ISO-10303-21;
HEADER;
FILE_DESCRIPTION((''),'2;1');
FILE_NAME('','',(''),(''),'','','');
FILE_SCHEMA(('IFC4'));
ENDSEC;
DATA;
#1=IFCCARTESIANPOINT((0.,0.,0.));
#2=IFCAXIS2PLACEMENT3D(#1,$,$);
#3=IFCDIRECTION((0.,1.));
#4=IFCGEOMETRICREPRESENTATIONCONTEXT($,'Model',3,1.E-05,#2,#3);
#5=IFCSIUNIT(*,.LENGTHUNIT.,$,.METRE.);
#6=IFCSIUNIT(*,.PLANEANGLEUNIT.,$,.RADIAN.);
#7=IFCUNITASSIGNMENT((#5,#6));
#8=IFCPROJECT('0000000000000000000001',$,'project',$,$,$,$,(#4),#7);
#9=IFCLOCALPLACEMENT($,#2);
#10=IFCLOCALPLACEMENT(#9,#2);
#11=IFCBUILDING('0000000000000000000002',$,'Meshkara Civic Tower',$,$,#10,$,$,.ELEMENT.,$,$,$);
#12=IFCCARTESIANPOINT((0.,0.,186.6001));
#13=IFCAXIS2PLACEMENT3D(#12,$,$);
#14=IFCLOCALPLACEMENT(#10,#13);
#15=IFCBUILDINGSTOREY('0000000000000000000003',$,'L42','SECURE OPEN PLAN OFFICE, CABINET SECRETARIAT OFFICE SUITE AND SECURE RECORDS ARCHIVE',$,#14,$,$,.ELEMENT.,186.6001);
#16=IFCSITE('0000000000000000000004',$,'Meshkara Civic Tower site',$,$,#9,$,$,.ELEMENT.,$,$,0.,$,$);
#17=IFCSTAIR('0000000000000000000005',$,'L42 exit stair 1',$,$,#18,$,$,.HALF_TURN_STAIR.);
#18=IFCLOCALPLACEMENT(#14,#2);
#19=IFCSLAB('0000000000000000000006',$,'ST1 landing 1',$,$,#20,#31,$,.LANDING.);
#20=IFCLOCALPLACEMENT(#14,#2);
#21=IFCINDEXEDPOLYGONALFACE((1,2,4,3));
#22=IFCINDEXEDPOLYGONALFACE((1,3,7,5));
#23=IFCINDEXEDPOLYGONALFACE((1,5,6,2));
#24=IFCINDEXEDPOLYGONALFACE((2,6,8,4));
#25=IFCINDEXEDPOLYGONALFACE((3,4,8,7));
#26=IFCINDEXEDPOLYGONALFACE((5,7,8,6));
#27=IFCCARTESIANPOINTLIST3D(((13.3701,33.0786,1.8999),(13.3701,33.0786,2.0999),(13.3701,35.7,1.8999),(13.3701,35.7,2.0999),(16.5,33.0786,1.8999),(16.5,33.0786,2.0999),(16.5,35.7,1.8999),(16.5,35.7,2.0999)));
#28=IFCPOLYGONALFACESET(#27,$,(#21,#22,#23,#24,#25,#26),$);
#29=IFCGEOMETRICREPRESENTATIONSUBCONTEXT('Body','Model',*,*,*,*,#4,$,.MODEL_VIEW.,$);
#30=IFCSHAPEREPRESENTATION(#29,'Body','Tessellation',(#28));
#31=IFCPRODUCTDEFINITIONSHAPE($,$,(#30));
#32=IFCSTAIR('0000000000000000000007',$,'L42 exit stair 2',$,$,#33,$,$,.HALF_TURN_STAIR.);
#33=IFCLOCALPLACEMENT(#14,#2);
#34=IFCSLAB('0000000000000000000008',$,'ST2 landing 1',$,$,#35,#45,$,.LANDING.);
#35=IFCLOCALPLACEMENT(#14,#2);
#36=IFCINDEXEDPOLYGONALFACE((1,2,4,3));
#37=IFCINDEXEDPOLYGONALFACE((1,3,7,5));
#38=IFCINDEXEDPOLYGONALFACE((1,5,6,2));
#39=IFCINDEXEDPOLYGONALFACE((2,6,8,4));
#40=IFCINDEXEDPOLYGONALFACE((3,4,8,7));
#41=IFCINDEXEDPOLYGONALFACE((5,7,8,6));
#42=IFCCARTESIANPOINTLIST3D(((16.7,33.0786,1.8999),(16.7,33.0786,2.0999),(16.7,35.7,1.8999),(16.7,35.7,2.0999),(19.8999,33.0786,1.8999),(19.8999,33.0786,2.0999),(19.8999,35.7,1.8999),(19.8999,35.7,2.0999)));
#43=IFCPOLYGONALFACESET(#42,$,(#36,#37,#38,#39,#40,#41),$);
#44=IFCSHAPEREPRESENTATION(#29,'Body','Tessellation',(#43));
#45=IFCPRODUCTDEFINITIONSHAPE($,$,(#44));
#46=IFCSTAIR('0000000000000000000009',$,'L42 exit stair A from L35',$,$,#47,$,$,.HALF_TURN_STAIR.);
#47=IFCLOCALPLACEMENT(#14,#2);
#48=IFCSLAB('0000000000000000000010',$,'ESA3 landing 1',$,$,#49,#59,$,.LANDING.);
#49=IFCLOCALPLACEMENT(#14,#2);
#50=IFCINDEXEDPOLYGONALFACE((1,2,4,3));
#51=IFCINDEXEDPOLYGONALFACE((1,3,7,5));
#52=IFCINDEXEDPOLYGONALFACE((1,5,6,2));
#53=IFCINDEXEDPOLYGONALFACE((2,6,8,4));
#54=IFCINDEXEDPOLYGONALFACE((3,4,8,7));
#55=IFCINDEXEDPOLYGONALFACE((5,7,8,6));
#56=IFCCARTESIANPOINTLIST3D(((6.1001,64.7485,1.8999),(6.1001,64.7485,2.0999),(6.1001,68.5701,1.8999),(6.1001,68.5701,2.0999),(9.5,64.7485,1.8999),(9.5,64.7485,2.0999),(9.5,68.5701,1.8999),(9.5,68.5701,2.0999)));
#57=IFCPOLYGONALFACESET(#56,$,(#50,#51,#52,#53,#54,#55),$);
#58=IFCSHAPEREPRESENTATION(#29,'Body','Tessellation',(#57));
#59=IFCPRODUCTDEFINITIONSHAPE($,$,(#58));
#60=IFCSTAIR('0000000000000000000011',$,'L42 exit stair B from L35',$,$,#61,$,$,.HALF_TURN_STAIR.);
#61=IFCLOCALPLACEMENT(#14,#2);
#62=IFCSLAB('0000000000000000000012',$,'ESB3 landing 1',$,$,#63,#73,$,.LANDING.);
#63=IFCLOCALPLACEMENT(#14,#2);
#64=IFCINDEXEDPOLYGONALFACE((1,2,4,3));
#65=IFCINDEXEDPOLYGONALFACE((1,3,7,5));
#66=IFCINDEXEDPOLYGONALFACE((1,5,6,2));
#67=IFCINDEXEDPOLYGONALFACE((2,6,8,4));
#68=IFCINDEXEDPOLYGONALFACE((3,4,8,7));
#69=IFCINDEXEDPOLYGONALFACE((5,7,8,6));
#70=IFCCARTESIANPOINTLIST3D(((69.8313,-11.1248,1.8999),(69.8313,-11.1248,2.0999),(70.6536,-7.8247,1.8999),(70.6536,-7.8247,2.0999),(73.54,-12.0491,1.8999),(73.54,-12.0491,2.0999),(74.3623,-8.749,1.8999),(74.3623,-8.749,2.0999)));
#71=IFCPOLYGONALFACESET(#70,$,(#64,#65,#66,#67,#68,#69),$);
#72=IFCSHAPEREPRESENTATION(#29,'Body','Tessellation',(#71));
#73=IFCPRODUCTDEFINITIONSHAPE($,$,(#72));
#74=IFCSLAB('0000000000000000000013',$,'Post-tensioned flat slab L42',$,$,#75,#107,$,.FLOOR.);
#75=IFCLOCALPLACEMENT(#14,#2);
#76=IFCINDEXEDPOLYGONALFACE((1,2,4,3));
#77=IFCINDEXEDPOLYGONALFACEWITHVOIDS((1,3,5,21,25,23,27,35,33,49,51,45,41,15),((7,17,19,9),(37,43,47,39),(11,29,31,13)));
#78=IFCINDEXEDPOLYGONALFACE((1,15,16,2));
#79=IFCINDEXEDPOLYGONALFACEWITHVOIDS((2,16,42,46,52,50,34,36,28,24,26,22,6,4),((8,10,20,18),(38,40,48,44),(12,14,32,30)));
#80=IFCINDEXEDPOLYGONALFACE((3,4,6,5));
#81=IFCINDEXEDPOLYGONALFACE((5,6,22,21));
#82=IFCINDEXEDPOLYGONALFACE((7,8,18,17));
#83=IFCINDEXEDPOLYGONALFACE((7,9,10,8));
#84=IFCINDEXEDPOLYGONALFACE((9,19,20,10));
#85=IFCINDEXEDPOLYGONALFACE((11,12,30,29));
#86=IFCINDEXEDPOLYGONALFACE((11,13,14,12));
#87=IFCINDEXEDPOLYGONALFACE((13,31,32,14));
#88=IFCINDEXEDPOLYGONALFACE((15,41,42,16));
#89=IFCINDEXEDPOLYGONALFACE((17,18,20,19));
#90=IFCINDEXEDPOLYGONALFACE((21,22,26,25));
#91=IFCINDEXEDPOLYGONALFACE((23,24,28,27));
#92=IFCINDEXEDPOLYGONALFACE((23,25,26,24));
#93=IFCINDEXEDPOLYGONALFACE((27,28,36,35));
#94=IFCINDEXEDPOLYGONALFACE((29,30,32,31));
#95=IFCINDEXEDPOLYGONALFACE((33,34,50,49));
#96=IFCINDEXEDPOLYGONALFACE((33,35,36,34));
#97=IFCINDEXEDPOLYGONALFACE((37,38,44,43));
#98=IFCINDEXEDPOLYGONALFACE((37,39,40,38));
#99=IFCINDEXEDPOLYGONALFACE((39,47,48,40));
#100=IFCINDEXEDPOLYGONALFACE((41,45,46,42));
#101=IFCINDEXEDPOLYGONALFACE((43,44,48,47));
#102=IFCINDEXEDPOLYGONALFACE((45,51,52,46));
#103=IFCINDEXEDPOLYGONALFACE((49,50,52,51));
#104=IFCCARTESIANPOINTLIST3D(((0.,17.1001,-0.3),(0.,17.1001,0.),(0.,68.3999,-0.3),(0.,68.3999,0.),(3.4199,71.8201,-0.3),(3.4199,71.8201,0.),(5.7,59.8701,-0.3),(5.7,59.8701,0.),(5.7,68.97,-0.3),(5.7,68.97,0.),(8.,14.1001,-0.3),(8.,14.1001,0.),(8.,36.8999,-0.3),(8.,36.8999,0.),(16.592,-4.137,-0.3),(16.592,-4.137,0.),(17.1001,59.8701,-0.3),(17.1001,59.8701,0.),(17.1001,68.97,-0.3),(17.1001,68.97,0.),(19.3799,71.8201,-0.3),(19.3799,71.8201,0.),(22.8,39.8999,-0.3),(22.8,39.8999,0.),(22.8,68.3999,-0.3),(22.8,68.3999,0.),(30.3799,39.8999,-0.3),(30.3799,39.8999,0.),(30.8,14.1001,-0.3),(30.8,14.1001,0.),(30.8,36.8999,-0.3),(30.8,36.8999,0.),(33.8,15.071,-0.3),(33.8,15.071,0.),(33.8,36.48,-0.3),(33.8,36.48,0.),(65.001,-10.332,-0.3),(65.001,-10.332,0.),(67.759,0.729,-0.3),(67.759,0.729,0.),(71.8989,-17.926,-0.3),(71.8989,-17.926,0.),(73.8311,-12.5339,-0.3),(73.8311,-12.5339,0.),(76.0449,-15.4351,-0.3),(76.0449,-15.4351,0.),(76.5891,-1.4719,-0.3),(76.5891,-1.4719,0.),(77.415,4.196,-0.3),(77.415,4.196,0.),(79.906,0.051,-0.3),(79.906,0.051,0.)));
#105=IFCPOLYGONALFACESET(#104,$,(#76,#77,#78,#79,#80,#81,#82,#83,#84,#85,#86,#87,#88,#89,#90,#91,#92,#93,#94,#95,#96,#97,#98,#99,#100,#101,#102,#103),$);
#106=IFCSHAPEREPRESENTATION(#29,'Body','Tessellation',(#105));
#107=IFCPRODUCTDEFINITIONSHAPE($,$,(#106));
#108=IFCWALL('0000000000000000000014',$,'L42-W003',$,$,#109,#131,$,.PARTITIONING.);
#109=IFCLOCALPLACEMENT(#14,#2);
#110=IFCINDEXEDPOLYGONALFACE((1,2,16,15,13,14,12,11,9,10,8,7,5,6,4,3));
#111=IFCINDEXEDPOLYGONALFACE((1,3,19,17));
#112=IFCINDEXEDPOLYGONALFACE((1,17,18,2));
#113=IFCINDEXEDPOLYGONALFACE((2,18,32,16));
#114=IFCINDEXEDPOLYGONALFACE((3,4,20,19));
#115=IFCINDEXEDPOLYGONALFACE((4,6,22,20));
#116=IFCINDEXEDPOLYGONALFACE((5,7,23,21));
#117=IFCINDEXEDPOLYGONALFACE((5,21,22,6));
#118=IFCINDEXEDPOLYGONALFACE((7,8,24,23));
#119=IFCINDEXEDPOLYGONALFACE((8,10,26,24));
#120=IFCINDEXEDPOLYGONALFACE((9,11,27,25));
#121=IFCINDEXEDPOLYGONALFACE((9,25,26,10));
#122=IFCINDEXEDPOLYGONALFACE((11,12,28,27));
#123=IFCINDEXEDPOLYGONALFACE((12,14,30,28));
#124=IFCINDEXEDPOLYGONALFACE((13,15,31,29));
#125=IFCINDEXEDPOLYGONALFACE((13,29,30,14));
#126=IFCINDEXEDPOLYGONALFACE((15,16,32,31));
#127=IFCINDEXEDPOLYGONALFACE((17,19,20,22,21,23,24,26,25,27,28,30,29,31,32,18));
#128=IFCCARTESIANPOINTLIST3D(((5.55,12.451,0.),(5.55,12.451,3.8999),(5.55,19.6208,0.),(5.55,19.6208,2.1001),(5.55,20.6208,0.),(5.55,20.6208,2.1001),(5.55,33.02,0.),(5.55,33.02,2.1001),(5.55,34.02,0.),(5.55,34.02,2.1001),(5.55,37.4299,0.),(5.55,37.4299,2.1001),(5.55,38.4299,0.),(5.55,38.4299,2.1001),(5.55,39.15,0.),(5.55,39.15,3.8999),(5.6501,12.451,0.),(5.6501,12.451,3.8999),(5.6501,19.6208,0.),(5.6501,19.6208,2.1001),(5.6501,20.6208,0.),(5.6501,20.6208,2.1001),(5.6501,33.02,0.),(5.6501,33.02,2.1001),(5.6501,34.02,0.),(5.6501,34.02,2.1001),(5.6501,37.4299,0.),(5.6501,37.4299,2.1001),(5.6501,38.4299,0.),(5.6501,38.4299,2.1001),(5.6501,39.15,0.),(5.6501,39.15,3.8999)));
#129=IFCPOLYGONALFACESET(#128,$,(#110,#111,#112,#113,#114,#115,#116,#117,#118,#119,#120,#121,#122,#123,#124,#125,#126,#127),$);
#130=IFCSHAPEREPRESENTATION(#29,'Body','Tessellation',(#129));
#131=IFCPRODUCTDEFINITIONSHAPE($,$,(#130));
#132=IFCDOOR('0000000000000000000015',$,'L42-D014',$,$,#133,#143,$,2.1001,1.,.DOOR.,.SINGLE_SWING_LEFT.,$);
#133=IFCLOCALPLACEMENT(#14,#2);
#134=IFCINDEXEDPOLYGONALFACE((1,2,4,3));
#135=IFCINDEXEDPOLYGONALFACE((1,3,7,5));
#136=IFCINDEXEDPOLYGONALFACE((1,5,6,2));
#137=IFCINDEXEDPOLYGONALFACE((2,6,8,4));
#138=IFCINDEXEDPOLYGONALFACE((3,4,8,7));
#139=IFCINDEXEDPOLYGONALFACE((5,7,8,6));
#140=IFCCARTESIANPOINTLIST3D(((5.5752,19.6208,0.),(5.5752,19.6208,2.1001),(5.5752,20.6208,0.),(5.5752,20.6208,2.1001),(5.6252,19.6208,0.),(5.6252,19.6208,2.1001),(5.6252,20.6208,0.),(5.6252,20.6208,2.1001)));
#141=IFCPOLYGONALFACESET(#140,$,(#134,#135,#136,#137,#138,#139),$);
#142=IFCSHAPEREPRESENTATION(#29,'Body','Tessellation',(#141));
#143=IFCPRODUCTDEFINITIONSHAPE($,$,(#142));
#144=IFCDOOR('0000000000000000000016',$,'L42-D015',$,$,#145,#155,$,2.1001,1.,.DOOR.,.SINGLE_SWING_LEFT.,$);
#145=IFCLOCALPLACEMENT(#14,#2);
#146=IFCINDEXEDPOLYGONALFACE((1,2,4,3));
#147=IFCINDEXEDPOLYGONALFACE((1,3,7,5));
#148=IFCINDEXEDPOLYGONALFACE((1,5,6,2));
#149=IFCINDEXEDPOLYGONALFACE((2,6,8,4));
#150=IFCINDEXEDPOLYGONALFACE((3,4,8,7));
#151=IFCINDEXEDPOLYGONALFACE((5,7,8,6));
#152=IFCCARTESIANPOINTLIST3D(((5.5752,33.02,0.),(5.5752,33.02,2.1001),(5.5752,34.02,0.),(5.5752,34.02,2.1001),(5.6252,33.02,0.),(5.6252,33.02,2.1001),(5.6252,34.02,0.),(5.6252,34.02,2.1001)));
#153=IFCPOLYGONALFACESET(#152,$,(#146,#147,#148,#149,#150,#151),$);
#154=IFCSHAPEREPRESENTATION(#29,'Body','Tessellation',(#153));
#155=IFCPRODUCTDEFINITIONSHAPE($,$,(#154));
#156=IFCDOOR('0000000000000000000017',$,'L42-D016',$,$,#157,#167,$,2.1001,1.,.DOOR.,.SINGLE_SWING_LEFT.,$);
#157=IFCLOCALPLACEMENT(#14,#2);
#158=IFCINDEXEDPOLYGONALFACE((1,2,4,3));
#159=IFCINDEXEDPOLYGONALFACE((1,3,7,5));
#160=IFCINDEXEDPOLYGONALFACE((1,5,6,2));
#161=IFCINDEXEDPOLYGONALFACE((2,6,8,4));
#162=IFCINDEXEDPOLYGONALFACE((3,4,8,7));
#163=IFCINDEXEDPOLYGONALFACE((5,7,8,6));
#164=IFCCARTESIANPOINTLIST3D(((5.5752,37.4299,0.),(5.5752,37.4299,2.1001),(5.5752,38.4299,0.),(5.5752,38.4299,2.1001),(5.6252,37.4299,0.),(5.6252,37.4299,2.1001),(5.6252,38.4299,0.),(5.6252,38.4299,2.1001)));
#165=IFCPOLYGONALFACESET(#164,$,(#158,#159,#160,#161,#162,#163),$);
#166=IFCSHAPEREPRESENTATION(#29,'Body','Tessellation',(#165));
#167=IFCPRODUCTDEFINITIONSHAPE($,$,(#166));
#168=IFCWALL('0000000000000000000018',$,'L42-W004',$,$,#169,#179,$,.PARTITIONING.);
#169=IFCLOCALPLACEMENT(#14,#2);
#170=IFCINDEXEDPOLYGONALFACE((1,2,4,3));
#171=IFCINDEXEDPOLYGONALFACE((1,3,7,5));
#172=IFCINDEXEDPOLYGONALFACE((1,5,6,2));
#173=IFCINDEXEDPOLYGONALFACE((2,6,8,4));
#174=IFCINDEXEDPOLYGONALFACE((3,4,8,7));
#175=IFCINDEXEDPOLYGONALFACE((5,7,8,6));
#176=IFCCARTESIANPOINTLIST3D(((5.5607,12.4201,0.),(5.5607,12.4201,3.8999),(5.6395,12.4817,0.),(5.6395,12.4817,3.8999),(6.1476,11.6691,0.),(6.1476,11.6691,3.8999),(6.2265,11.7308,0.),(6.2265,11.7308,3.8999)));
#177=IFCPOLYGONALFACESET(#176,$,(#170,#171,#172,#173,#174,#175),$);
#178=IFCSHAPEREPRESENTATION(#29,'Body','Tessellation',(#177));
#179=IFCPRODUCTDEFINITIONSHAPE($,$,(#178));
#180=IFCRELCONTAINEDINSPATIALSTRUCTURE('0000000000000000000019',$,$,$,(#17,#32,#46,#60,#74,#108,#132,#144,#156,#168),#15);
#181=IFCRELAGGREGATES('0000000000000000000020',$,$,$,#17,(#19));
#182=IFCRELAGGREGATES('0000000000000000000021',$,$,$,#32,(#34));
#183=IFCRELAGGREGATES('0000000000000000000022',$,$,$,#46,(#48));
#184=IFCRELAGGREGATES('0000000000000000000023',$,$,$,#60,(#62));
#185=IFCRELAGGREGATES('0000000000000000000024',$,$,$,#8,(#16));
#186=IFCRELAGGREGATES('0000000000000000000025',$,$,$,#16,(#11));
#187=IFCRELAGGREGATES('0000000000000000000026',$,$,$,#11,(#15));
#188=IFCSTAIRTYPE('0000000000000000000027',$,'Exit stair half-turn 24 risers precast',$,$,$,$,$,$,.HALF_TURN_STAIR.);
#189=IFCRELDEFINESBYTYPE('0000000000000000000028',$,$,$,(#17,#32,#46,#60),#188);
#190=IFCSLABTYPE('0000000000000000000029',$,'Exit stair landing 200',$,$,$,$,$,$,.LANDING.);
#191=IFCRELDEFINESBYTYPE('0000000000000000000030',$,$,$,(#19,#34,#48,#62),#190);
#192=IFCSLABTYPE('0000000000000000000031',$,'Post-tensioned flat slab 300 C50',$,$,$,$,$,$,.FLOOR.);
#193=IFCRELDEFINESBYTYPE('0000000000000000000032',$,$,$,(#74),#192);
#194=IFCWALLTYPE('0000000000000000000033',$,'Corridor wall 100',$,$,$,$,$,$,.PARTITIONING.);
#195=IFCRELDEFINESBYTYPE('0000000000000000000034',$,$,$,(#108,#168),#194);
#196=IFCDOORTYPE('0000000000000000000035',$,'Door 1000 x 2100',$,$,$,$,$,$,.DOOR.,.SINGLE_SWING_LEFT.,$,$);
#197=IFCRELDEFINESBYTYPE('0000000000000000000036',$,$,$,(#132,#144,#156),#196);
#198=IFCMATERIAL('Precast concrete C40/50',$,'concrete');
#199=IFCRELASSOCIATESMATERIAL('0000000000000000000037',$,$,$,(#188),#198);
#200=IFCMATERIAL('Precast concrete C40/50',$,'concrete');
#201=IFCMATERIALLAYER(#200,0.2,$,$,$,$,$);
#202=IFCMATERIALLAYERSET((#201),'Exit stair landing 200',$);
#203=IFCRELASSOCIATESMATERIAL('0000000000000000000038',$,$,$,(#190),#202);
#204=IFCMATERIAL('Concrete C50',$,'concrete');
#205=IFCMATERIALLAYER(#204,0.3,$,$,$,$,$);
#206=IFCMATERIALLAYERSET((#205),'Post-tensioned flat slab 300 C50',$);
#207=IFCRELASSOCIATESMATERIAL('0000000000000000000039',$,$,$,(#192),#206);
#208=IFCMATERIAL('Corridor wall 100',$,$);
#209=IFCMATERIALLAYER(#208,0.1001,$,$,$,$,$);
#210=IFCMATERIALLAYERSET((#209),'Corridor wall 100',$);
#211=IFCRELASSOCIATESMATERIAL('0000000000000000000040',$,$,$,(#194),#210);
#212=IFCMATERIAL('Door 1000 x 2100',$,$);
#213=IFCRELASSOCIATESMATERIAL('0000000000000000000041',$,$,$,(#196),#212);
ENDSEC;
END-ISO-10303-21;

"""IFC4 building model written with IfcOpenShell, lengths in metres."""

from ifc_helpers import new_model, si_unit, direction, frame, frame_2d, origin, place, context, subcontext, project, spatial, polyline, rectangle, outline, extrude, material, layer, layer_set, type_object, element, fill, aggregate, save


model = new_model("IFC4")

# Units and contexts
model_context = context("Model", 3, precision=1e-05, world=origin(), true_north=direction((0.0, 1.0)))
body_context = subcontext(model_context, "Body", "Model", "MODEL_VIEW")
ifc_project = project(units=[si_unit("LENGTHUNIT", "METRE"), si_unit("PLANEANGLEUNIT", "RADIAN")], contexts=[model_context])

# Site, building, storey
site_placement = place(None, origin())
site = spatial("IfcSite", under=ifc_project, at=site_placement, Name="Meshkara Civic Tower site", CompositionType="ELEMENT", RefElevation=0.0)
building_placement = place(site_placement, origin())
building = spatial("IfcBuilding", under=site, at=building_placement, Name="Meshkara Civic Tower", CompositionType="ELEMENT")
storey_placement = place(building_placement, frame((0.0, 0.0, 186.6001)))
storey = spatial("IfcBuildingStorey", under=building, at=storey_placement, Name="L42", Description="SECURE OPEN PLAN OFFICE, CABINET SECRETARIAT OFFICE SUITE AND SECURE RECORDS ARCHIVE", CompositionType="ELEMENT", Elevation=186.6001)

# Stairs, slabs
ifc_material_1 = material(Name="Precast concrete C40/50", Category="concrete")
stair_type = type_object("IfcStairType", Name="Exit stair half-turn 24 risers precast", PredefinedType="HALF_TURN_STAIR", material=ifc_material_1)
stair_1_placement = place(storey_placement, origin())
stair_1 = element("IfcStair", 1, at=stair_1_placement, inside=storey, type_object=stair_type, Name="L42 exit stair 1", PredefinedType="HALF_TURN_STAIR")
ifc_material_2 = material(Name="Precast concrete C40/50", Category="concrete")
ifc_layer_1 = layer(ifc_material_2, 0.2)
ifc_layer_set_1 = layer_set([ifc_layer_1], Name="Exit stair landing 200")
slab_type_1 = type_object("IfcSlabType", Name="Exit stair landing 200", PredefinedType="LANDING", material=ifc_layer_set_1)
slab_1_placement = place(storey_placement, frame((0.0, 0.0, 1.8999)))
slab_1 = element("IfcSlab", 2, at=slab_1_placement, type_object=slab_type_1, Name="ST1 landing 1", PredefinedType="LANDING", context=body_context, shape_type="SweptSolid", body=[
    extrude(outline(polyline([(16.5, 33.0786), (16.5, 35.7), (13.3701, 35.7), (13.3701, 33.0786), (16.5, 33.0786)])), origin(), (0.0, 0.0, 1.0), 0.2),
])
aggregate(stair_1, [slab_1])
stair_2_placement = place(storey_placement, origin())
stair_2 = element("IfcStair", 3, at=stair_2_placement, inside=storey, type_object=stair_type, Name="L42 exit stair 2", PredefinedType="HALF_TURN_STAIR")
slab_2_placement = place(storey_placement, frame((0.0, 0.0, 1.8999)))
slab_2 = element("IfcSlab", 4, at=slab_2_placement, type_object=slab_type_1, Name="ST2 landing 1", PredefinedType="LANDING", context=body_context, shape_type="SweptSolid", body=[
    extrude(outline(polyline([(19.8999, 33.0786), (19.8999, 35.7), (16.7, 35.7), (16.7, 33.0786), (19.8999, 33.0786)])), origin(), (0.0, 0.0, 1.0), 0.2),
])
aggregate(stair_2, [slab_2])
stair_3_placement = place(storey_placement, origin())
stair_3 = element("IfcStair", 5, at=stair_3_placement, inside=storey, type_object=stair_type, Name="L42 exit stair A from L35", PredefinedType="HALF_TURN_STAIR")
slab_3_placement = place(storey_placement, frame((0.0, 0.0, 1.8999)))
slab_3 = element("IfcSlab", 6, at=slab_3_placement, type_object=slab_type_1, Name="ESA3 landing 1", PredefinedType="LANDING", context=body_context, shape_type="SweptSolid", body=[
    extrude(outline(polyline([(9.5, 64.7485), (9.5, 68.5701), (6.1001, 68.5701), (6.1001, 64.7485), (9.5, 64.7485)])), origin(), (0.0, 0.0, 1.0), 0.2),
])
aggregate(stair_3, [slab_3])
stair_4_placement = place(storey_placement, origin())
stair_4 = element("IfcStair", 7, at=stair_4_placement, inside=storey, type_object=stair_type, Name="L42 exit stair B from L35", PredefinedType="HALF_TURN_STAIR")
slab_4_placement = place(storey_placement, frame((0.0, 0.0, 1.8999)))
slab_4 = element("IfcSlab", 8, at=slab_4_placement, type_object=slab_type_1, Name="ESB3 landing 1", PredefinedType="LANDING", context=body_context, shape_type="SweptSolid", body=[
    extrude(outline(polyline([(69.8313, -11.1248), (73.54, -12.0491), (74.3623, -8.749), (70.6536, -7.8247), (69.8313, -11.1248)])), origin(), (0.0, 0.0, 1.0), 0.2),
])
aggregate(stair_4, [slab_4])

# Slab
ifc_material_3 = material(Name="Concrete C50", Category="concrete")
ifc_layer_2 = layer(ifc_material_3, 0.3)
ifc_layer_set_2 = layer_set([ifc_layer_2], Name="Post-tensioned flat slab 300 C50")
slab_type_2 = type_object("IfcSlabType", Name="Post-tensioned flat slab 300 C50", PredefinedType="FLOOR", material=ifc_layer_set_2)
slab_5_placement = place(storey_placement, frame((0.0, 0.0, -0.3)))
element("IfcSlab", 9, at=slab_5_placement, inside=storey, type_object=slab_type_2, Name="Post-tensioned flat slab L42", PredefinedType="FLOOR", context=body_context, shape_type="SweptSolid", body=[
    extrude(outline(polyline([(76.0449, -15.4351), (71.8989, -17.926), (16.592, -4.137), (0.0, 17.1001), (0.0, 68.3999), (3.4199, 71.8201), (19.3799, 71.8201), (22.8, 68.3999), (22.8, 39.8999), (30.3799, 39.8999), (33.8, 36.48), (33.8, 15.071), (77.415, 4.196), (79.906, 0.051), (76.0449, -15.4351)]), holes=[polyline([(73.8311, -12.5339), (76.5891, -1.4719), (67.759, 0.729), (65.001, -10.332), (73.8311, -12.5339)]), polyline([(8.0, 14.1001), (30.8, 14.1001), (30.8, 36.8999), (8.0, 36.8999), (8.0, 14.1001)]), polyline([(5.7, 68.97), (5.7, 59.8701), (17.1001, 59.8701), (17.1001, 68.97), (5.7, 68.97)])]), origin(), (0.0, 0.0, 1.0), 0.3),
])

# Wall, openings, doors
ifc_material_4 = material(Name="Corridor wall 100")
ifc_layer_3 = layer(ifc_material_4, 0.1001)
ifc_layer_set_3 = layer_set([ifc_layer_3], Name="Corridor wall 100")
wall_type_1 = type_object("IfcWallType", Name="Corridor wall 100", PredefinedType="PARTITIONING", material=ifc_layer_set_3)
wall_1_placement = place(storey_placement, frame((5.6001, 12.4509, 0.0), z_axis=(0.0, 0.0, 1.0), x_axis=(0.0, 1.0, 0.0)))
wall_1 = element("IfcWall", 10, at=wall_1_placement, inside=storey, type_object=wall_type_1, Name="L42-W003", PredefinedType="PARTITIONING", context=body_context, shape_type="SweptSolid", body=[
    extrude(rectangle(XDim=26.699, YDim=0.1001, at=frame_2d((13.3496, 0.0))), origin(), (0.0, 0.0, 1.0), 3.8999),
])
opening_1_placement = place(wall_1_placement, frame((7.1699, 0.0, 0.0)))
opening_1 = element("IfcOpeningElement", 11, at=opening_1_placement, cuts=wall_1, PredefinedType="OPENING", context=body_context, shape_type="SweptSolid", body=[
    extrude(rectangle(XDim=1.0, YDim=2.1001, at=frame_2d((0.5, 1.05))), frame((0.0, 0.0601, 0.0), z_axis=(0.0, -1.0, 0.0), x_axis=(1.0, 0.0, 0.0)), (0.0, 0.0, 1.0), 0.1201),
])
opening_2_placement = place(wall_1_placement, frame((20.5691, 0.0, 0.0)))
opening_2 = element("IfcOpeningElement", 12, at=opening_2_placement, cuts=wall_1, PredefinedType="OPENING", context=body_context, shape_type="SweptSolid", body=[
    extrude(rectangle(XDim=1.0, YDim=2.1001, at=frame_2d((0.5, 1.05))), frame((0.0, 0.0601, 0.0), z_axis=(0.0, -1.0, 0.0), x_axis=(1.0, 0.0, 0.0)), (0.0, 0.0, 1.0), 0.1201),
])
opening_3_placement = place(wall_1_placement, frame((24.979, 0.0, 0.0)))
opening_3 = element("IfcOpeningElement", 13, at=opening_3_placement, cuts=wall_1, PredefinedType="OPENING", context=body_context, shape_type="SweptSolid", body=[
    extrude(rectangle(XDim=1.0, YDim=2.1001, at=frame_2d((0.5, 1.05))), frame((0.0, 0.0601, 0.0), z_axis=(0.0, -1.0, 0.0), x_axis=(1.0, 0.0, 0.0)), (0.0, 0.0, 1.0), 0.1201),
])
ifc_material_5 = material(Name="Door 1000 x 2100")
door_type = type_object("IfcDoorType", Name="Door 1000 x 2100", OperationType="SINGLE_SWING_LEFT", PredefinedType="DOOR", material=ifc_material_5)
door_1_placement = place(opening_1_placement, origin())
door_1 = element("IfcDoor", 14, at=door_1_placement, inside=storey, type_object=door_type, Name="L42-D014", OperationType="SINGLE_SWING_LEFT", OverallHeight=2.1001, OverallWidth=1.0, PredefinedType="DOOR", context=body_context, shape_type="SweptSolid", body=[
    extrude(rectangle(XDim=1.0, YDim=2.1001, at=frame_2d((0.5, 1.05))), frame((0.0, 0.0249, 0.0), z_axis=(0.0, -1.0, 0.0), x_axis=(1.0, 0.0, 0.0)), (0.0, 0.0, 1.0), 0.05),
])
fill(opening_1, door_1)
door_2_placement = place(opening_2_placement, origin())
door_2 = element("IfcDoor", 15, at=door_2_placement, inside=storey, type_object=door_type, Name="L42-D015", OperationType="SINGLE_SWING_LEFT", OverallHeight=2.1001, OverallWidth=1.0, PredefinedType="DOOR", context=body_context, shape_type="SweptSolid", body=[
    extrude(rectangle(XDim=1.0, YDim=2.1001, at=frame_2d((0.5, 1.05))), frame((0.0, 0.0249, 0.0), z_axis=(0.0, -1.0, 0.0), x_axis=(1.0, 0.0, 0.0)), (0.0, 0.0, 1.0), 0.05),
])
fill(opening_2, door_2)
door_3_placement = place(opening_3_placement, origin())
door_3 = element("IfcDoor", 16, at=door_3_placement, inside=storey, type_object=door_type, Name="L42-D016", OperationType="SINGLE_SWING_LEFT", OverallHeight=2.1001, OverallWidth=1.0, PredefinedType="DOOR", context=body_context, shape_type="SweptSolid", body=[
    extrude(rectangle(XDim=1.0, YDim=2.1001, at=frame_2d((0.5, 1.05))), frame((0.0, 0.0249, 0.0), z_axis=(0.0, -1.0, 0.0), x_axis=(1.0, 0.0, 0.0)), (0.0, 0.0, 1.0), 0.05),
])
fill(opening_3, door_3)

# Wall
wall_2_placement = place(storey_placement, frame((5.6001, 12.4509, 0.0), z_axis=(0.0, 0.0, 1.0), x_axis=(0.615783, -0.787916, 0.0)))
element("IfcWall", 17, at=wall_2_placement, inside=storey, type_object=wall_type_1, Name="L42-W004", PredefinedType="PARTITIONING", context=body_context, shape_type="SweptSolid", body=[
    extrude(rectangle(XDim=0.9531, YDim=0.1001, at=frame_2d((0.4766, 0.0))), origin(), (0.0, 0.0, 1.0), 3.8999),
])

save(model, "model.ifc")
